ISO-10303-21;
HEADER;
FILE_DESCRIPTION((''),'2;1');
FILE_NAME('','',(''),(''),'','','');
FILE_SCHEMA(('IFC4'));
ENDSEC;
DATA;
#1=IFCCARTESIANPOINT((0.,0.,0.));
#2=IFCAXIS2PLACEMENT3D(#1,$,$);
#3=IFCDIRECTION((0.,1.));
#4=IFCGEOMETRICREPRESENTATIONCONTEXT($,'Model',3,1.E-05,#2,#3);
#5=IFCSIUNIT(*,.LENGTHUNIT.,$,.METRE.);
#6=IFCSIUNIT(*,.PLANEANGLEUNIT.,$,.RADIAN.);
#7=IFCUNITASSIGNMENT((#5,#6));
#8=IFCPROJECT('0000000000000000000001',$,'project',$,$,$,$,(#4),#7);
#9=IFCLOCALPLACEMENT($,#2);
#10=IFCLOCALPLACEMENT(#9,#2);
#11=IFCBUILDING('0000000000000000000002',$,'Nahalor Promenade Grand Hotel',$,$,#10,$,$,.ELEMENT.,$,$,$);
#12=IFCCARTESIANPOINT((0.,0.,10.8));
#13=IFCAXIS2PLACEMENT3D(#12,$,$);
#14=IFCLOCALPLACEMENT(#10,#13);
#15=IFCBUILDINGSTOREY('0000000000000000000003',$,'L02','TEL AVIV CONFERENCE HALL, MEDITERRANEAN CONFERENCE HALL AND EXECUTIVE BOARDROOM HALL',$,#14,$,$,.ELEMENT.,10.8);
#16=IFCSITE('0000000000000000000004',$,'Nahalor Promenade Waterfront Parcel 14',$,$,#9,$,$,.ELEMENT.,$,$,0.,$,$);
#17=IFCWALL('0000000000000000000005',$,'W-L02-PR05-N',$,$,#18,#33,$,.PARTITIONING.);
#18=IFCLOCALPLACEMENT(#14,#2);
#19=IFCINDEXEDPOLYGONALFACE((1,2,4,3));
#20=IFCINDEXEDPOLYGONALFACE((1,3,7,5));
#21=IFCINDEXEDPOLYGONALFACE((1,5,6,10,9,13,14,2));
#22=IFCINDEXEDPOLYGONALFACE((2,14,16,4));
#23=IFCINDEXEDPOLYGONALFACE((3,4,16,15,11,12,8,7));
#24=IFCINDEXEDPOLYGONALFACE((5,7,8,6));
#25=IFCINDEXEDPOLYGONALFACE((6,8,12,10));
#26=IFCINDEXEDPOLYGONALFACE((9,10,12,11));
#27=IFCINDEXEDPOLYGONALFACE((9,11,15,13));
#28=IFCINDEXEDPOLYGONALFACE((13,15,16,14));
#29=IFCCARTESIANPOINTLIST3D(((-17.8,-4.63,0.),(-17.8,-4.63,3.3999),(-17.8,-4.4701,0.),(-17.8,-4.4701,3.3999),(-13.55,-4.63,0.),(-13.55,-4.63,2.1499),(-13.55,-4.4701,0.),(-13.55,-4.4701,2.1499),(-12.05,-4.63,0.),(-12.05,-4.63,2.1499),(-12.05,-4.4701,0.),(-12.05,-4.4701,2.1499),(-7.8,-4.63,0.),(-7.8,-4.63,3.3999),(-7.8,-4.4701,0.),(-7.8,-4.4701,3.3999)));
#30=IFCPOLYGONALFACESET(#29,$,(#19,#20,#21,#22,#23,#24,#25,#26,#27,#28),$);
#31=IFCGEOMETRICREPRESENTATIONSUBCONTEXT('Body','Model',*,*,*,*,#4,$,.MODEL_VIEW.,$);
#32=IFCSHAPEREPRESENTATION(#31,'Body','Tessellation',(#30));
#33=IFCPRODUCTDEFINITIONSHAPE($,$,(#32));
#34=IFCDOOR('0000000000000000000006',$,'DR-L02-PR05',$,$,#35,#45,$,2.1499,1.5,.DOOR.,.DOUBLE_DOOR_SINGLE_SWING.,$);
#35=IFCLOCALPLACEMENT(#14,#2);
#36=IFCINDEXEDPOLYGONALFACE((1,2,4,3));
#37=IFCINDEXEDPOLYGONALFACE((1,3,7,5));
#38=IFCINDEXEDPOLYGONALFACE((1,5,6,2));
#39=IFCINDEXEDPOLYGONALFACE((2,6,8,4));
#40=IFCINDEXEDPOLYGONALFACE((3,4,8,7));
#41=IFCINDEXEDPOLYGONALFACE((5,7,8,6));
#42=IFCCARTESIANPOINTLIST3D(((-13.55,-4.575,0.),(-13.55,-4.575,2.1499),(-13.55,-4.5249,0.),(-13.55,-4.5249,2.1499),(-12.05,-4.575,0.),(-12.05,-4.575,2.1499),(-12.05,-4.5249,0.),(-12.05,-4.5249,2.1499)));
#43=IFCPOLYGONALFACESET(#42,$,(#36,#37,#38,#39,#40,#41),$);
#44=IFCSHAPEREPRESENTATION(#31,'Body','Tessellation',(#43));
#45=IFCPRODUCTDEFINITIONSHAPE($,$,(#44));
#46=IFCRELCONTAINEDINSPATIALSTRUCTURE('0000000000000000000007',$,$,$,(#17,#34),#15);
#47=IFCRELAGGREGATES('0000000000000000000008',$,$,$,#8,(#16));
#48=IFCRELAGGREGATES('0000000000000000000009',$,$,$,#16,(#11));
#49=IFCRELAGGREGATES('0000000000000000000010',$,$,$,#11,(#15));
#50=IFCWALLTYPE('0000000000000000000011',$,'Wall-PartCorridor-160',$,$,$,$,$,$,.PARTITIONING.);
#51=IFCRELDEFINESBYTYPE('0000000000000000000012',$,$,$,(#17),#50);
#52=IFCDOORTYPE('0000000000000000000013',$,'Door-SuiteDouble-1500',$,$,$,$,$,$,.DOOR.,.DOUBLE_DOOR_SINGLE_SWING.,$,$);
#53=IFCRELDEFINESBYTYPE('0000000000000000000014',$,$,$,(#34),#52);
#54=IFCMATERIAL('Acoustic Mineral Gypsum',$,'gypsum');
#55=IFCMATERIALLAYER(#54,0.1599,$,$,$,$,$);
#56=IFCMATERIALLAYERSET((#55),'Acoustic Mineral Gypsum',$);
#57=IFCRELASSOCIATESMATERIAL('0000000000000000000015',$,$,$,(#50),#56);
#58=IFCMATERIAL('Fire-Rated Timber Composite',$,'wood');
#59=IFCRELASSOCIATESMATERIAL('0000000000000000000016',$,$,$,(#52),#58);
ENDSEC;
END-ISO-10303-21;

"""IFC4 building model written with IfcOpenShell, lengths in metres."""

from ifc_helpers import new_model, si_unit, direction, frame, frame_2d, origin, place, context, subcontext, project, spatial, rectangle, extrude, source, transform, mapped, material, layer, layer_set, type_object, element, fill, save


model = new_model("IFC4")

# Units and contexts
model_context = context("Model", 3, precision=1e-05, world=origin(), true_north=direction((0.0, 1.0)))
body_context = subcontext(model_context, "Body", "Model", "MODEL_VIEW")
ifc_project = project(units=[si_unit("LENGTHUNIT", "METRE"), si_unit("PLANEANGLEUNIT", "RADIAN")], contexts=[model_context])

# Site, building, storey
site_placement = place(None, origin())
site = spatial("IfcSite", under=ifc_project, at=site_placement, Name="Nahalor Promenade Waterfront Parcel 14", CompositionType="ELEMENT", RefElevation=0.0)
building_placement = place(site_placement, origin())
building = spatial("IfcBuilding", under=site, at=building_placement, Name="Nahalor Promenade Grand Hotel", CompositionType="ELEMENT")
storey_placement = place(building_placement, frame((0.0, 0.0, 10.8)))
storey = spatial("IfcBuildingStorey", under=building, at=storey_placement, Name="L02", Description="TEL AVIV CONFERENCE HALL, MEDITERRANEAN CONFERENCE HALL AND EXECUTIVE BOARDROOM HALL", CompositionType="ELEMENT", Elevation=10.8)

# Shared definitions
ifc_material_1 = material(Name="Acoustic Mineral Gypsum", Category="gypsum")
ifc_layer_1 = layer(ifc_material_1, 0.1599)
ifc_layer_set_1 = layer_set([ifc_layer_1], Name="Acoustic Mineral Gypsum")
wall_type = type_object("IfcWallType", Name="Wall-PartCorridor-160", PredefinedType="PARTITIONING", material=ifc_layer_set_1)

# Wall, opening, door
ifc_material_2 = material(Name="Fire-Rated Timber Composite", Category="wood")
door_type = type_object("IfcDoorType", Name="Door-SuiteDouble-1500", OperationType="DOUBLE_DOOR_SINGLE_SWING", PredefinedType="DOOR", material=ifc_material_2)
shared_shape_1 = source(origin(), body_context, "Body", "SweptSolid", [
    extrude(rectangle(XDim=1.5, YDim=2.1499, at=frame_2d((0.75, 1.075))), frame((0.0, 0.0249, 0.0), z_axis=(0.0, -1.0, 0.0), x_axis=(1.0, 0.0, 0.0)), (0.0, 0.0, 1.0), 0.05),
])
shared_shape_2 = source(origin(), body_context, "Body", "SweptSolid", [
    extrude(rectangle(XDim=10.0, YDim=0.1599, at=frame_2d((5.0, 0.0))), origin(), (0.0, 0.0, 1.0), 3.3999),
])
wall_1_placement = place(storey_placement, frame((-17.8, -4.55, 0.0), z_axis=(0.0, 0.0, 1.0), x_axis=(1.0, 0.0, 0.0)))
wall_1 = element("IfcWall", 1, at=wall_1_placement, inside=storey, type_object=wall_type, Name="W-L02-PR05-N", PredefinedType="PARTITIONING", context=body_context, shape_type="MappedRepresentation", body=[
    mapped(shared_shape_2, transform((0.0, 0.0, 0.0), scale=1.0)),
])
opening_1_placement = place(wall_1_placement, frame((4.25, 0.0, 0.0)))
opening_1 = element("IfcOpeningElement", 2, at=opening_1_placement, cuts=wall_1, PredefinedType="OPENING", context=body_context, shape_type="SweptSolid", body=[
    extrude(rectangle(XDim=1.5, YDim=2.1499, at=frame_2d((0.75, 1.075))), frame((0.0, 0.0898, 0.0), z_axis=(0.0, -1.0, 0.0), x_axis=(1.0, 0.0, 0.0)), (0.0, 0.0, 1.0), 0.1799),
])
door_1_placement = place(opening_1_placement, frame((1.5, 0.0, 0.0), z_axis=(0.0, 0.0, 1.0), x_axis=(-1.0, 0.0, 0.0)))
door_1 = element("IfcDoor", 3, at=door_1_placement, inside=storey, type_object=door_type, Name="DR-L02-PR05", OperationType="DOUBLE_DOOR_SINGLE_SWING", OverallHeight=2.1499, OverallWidth=1.5, PredefinedType="DOOR", context=body_context, shape_type="MappedRepresentation", body=[
    mapped(shared_shape_1, transform((0.0, 0.0, 0.0), scale=1.0)),
])
fill(opening_1, door_1)

save(model, "model.ifc")
